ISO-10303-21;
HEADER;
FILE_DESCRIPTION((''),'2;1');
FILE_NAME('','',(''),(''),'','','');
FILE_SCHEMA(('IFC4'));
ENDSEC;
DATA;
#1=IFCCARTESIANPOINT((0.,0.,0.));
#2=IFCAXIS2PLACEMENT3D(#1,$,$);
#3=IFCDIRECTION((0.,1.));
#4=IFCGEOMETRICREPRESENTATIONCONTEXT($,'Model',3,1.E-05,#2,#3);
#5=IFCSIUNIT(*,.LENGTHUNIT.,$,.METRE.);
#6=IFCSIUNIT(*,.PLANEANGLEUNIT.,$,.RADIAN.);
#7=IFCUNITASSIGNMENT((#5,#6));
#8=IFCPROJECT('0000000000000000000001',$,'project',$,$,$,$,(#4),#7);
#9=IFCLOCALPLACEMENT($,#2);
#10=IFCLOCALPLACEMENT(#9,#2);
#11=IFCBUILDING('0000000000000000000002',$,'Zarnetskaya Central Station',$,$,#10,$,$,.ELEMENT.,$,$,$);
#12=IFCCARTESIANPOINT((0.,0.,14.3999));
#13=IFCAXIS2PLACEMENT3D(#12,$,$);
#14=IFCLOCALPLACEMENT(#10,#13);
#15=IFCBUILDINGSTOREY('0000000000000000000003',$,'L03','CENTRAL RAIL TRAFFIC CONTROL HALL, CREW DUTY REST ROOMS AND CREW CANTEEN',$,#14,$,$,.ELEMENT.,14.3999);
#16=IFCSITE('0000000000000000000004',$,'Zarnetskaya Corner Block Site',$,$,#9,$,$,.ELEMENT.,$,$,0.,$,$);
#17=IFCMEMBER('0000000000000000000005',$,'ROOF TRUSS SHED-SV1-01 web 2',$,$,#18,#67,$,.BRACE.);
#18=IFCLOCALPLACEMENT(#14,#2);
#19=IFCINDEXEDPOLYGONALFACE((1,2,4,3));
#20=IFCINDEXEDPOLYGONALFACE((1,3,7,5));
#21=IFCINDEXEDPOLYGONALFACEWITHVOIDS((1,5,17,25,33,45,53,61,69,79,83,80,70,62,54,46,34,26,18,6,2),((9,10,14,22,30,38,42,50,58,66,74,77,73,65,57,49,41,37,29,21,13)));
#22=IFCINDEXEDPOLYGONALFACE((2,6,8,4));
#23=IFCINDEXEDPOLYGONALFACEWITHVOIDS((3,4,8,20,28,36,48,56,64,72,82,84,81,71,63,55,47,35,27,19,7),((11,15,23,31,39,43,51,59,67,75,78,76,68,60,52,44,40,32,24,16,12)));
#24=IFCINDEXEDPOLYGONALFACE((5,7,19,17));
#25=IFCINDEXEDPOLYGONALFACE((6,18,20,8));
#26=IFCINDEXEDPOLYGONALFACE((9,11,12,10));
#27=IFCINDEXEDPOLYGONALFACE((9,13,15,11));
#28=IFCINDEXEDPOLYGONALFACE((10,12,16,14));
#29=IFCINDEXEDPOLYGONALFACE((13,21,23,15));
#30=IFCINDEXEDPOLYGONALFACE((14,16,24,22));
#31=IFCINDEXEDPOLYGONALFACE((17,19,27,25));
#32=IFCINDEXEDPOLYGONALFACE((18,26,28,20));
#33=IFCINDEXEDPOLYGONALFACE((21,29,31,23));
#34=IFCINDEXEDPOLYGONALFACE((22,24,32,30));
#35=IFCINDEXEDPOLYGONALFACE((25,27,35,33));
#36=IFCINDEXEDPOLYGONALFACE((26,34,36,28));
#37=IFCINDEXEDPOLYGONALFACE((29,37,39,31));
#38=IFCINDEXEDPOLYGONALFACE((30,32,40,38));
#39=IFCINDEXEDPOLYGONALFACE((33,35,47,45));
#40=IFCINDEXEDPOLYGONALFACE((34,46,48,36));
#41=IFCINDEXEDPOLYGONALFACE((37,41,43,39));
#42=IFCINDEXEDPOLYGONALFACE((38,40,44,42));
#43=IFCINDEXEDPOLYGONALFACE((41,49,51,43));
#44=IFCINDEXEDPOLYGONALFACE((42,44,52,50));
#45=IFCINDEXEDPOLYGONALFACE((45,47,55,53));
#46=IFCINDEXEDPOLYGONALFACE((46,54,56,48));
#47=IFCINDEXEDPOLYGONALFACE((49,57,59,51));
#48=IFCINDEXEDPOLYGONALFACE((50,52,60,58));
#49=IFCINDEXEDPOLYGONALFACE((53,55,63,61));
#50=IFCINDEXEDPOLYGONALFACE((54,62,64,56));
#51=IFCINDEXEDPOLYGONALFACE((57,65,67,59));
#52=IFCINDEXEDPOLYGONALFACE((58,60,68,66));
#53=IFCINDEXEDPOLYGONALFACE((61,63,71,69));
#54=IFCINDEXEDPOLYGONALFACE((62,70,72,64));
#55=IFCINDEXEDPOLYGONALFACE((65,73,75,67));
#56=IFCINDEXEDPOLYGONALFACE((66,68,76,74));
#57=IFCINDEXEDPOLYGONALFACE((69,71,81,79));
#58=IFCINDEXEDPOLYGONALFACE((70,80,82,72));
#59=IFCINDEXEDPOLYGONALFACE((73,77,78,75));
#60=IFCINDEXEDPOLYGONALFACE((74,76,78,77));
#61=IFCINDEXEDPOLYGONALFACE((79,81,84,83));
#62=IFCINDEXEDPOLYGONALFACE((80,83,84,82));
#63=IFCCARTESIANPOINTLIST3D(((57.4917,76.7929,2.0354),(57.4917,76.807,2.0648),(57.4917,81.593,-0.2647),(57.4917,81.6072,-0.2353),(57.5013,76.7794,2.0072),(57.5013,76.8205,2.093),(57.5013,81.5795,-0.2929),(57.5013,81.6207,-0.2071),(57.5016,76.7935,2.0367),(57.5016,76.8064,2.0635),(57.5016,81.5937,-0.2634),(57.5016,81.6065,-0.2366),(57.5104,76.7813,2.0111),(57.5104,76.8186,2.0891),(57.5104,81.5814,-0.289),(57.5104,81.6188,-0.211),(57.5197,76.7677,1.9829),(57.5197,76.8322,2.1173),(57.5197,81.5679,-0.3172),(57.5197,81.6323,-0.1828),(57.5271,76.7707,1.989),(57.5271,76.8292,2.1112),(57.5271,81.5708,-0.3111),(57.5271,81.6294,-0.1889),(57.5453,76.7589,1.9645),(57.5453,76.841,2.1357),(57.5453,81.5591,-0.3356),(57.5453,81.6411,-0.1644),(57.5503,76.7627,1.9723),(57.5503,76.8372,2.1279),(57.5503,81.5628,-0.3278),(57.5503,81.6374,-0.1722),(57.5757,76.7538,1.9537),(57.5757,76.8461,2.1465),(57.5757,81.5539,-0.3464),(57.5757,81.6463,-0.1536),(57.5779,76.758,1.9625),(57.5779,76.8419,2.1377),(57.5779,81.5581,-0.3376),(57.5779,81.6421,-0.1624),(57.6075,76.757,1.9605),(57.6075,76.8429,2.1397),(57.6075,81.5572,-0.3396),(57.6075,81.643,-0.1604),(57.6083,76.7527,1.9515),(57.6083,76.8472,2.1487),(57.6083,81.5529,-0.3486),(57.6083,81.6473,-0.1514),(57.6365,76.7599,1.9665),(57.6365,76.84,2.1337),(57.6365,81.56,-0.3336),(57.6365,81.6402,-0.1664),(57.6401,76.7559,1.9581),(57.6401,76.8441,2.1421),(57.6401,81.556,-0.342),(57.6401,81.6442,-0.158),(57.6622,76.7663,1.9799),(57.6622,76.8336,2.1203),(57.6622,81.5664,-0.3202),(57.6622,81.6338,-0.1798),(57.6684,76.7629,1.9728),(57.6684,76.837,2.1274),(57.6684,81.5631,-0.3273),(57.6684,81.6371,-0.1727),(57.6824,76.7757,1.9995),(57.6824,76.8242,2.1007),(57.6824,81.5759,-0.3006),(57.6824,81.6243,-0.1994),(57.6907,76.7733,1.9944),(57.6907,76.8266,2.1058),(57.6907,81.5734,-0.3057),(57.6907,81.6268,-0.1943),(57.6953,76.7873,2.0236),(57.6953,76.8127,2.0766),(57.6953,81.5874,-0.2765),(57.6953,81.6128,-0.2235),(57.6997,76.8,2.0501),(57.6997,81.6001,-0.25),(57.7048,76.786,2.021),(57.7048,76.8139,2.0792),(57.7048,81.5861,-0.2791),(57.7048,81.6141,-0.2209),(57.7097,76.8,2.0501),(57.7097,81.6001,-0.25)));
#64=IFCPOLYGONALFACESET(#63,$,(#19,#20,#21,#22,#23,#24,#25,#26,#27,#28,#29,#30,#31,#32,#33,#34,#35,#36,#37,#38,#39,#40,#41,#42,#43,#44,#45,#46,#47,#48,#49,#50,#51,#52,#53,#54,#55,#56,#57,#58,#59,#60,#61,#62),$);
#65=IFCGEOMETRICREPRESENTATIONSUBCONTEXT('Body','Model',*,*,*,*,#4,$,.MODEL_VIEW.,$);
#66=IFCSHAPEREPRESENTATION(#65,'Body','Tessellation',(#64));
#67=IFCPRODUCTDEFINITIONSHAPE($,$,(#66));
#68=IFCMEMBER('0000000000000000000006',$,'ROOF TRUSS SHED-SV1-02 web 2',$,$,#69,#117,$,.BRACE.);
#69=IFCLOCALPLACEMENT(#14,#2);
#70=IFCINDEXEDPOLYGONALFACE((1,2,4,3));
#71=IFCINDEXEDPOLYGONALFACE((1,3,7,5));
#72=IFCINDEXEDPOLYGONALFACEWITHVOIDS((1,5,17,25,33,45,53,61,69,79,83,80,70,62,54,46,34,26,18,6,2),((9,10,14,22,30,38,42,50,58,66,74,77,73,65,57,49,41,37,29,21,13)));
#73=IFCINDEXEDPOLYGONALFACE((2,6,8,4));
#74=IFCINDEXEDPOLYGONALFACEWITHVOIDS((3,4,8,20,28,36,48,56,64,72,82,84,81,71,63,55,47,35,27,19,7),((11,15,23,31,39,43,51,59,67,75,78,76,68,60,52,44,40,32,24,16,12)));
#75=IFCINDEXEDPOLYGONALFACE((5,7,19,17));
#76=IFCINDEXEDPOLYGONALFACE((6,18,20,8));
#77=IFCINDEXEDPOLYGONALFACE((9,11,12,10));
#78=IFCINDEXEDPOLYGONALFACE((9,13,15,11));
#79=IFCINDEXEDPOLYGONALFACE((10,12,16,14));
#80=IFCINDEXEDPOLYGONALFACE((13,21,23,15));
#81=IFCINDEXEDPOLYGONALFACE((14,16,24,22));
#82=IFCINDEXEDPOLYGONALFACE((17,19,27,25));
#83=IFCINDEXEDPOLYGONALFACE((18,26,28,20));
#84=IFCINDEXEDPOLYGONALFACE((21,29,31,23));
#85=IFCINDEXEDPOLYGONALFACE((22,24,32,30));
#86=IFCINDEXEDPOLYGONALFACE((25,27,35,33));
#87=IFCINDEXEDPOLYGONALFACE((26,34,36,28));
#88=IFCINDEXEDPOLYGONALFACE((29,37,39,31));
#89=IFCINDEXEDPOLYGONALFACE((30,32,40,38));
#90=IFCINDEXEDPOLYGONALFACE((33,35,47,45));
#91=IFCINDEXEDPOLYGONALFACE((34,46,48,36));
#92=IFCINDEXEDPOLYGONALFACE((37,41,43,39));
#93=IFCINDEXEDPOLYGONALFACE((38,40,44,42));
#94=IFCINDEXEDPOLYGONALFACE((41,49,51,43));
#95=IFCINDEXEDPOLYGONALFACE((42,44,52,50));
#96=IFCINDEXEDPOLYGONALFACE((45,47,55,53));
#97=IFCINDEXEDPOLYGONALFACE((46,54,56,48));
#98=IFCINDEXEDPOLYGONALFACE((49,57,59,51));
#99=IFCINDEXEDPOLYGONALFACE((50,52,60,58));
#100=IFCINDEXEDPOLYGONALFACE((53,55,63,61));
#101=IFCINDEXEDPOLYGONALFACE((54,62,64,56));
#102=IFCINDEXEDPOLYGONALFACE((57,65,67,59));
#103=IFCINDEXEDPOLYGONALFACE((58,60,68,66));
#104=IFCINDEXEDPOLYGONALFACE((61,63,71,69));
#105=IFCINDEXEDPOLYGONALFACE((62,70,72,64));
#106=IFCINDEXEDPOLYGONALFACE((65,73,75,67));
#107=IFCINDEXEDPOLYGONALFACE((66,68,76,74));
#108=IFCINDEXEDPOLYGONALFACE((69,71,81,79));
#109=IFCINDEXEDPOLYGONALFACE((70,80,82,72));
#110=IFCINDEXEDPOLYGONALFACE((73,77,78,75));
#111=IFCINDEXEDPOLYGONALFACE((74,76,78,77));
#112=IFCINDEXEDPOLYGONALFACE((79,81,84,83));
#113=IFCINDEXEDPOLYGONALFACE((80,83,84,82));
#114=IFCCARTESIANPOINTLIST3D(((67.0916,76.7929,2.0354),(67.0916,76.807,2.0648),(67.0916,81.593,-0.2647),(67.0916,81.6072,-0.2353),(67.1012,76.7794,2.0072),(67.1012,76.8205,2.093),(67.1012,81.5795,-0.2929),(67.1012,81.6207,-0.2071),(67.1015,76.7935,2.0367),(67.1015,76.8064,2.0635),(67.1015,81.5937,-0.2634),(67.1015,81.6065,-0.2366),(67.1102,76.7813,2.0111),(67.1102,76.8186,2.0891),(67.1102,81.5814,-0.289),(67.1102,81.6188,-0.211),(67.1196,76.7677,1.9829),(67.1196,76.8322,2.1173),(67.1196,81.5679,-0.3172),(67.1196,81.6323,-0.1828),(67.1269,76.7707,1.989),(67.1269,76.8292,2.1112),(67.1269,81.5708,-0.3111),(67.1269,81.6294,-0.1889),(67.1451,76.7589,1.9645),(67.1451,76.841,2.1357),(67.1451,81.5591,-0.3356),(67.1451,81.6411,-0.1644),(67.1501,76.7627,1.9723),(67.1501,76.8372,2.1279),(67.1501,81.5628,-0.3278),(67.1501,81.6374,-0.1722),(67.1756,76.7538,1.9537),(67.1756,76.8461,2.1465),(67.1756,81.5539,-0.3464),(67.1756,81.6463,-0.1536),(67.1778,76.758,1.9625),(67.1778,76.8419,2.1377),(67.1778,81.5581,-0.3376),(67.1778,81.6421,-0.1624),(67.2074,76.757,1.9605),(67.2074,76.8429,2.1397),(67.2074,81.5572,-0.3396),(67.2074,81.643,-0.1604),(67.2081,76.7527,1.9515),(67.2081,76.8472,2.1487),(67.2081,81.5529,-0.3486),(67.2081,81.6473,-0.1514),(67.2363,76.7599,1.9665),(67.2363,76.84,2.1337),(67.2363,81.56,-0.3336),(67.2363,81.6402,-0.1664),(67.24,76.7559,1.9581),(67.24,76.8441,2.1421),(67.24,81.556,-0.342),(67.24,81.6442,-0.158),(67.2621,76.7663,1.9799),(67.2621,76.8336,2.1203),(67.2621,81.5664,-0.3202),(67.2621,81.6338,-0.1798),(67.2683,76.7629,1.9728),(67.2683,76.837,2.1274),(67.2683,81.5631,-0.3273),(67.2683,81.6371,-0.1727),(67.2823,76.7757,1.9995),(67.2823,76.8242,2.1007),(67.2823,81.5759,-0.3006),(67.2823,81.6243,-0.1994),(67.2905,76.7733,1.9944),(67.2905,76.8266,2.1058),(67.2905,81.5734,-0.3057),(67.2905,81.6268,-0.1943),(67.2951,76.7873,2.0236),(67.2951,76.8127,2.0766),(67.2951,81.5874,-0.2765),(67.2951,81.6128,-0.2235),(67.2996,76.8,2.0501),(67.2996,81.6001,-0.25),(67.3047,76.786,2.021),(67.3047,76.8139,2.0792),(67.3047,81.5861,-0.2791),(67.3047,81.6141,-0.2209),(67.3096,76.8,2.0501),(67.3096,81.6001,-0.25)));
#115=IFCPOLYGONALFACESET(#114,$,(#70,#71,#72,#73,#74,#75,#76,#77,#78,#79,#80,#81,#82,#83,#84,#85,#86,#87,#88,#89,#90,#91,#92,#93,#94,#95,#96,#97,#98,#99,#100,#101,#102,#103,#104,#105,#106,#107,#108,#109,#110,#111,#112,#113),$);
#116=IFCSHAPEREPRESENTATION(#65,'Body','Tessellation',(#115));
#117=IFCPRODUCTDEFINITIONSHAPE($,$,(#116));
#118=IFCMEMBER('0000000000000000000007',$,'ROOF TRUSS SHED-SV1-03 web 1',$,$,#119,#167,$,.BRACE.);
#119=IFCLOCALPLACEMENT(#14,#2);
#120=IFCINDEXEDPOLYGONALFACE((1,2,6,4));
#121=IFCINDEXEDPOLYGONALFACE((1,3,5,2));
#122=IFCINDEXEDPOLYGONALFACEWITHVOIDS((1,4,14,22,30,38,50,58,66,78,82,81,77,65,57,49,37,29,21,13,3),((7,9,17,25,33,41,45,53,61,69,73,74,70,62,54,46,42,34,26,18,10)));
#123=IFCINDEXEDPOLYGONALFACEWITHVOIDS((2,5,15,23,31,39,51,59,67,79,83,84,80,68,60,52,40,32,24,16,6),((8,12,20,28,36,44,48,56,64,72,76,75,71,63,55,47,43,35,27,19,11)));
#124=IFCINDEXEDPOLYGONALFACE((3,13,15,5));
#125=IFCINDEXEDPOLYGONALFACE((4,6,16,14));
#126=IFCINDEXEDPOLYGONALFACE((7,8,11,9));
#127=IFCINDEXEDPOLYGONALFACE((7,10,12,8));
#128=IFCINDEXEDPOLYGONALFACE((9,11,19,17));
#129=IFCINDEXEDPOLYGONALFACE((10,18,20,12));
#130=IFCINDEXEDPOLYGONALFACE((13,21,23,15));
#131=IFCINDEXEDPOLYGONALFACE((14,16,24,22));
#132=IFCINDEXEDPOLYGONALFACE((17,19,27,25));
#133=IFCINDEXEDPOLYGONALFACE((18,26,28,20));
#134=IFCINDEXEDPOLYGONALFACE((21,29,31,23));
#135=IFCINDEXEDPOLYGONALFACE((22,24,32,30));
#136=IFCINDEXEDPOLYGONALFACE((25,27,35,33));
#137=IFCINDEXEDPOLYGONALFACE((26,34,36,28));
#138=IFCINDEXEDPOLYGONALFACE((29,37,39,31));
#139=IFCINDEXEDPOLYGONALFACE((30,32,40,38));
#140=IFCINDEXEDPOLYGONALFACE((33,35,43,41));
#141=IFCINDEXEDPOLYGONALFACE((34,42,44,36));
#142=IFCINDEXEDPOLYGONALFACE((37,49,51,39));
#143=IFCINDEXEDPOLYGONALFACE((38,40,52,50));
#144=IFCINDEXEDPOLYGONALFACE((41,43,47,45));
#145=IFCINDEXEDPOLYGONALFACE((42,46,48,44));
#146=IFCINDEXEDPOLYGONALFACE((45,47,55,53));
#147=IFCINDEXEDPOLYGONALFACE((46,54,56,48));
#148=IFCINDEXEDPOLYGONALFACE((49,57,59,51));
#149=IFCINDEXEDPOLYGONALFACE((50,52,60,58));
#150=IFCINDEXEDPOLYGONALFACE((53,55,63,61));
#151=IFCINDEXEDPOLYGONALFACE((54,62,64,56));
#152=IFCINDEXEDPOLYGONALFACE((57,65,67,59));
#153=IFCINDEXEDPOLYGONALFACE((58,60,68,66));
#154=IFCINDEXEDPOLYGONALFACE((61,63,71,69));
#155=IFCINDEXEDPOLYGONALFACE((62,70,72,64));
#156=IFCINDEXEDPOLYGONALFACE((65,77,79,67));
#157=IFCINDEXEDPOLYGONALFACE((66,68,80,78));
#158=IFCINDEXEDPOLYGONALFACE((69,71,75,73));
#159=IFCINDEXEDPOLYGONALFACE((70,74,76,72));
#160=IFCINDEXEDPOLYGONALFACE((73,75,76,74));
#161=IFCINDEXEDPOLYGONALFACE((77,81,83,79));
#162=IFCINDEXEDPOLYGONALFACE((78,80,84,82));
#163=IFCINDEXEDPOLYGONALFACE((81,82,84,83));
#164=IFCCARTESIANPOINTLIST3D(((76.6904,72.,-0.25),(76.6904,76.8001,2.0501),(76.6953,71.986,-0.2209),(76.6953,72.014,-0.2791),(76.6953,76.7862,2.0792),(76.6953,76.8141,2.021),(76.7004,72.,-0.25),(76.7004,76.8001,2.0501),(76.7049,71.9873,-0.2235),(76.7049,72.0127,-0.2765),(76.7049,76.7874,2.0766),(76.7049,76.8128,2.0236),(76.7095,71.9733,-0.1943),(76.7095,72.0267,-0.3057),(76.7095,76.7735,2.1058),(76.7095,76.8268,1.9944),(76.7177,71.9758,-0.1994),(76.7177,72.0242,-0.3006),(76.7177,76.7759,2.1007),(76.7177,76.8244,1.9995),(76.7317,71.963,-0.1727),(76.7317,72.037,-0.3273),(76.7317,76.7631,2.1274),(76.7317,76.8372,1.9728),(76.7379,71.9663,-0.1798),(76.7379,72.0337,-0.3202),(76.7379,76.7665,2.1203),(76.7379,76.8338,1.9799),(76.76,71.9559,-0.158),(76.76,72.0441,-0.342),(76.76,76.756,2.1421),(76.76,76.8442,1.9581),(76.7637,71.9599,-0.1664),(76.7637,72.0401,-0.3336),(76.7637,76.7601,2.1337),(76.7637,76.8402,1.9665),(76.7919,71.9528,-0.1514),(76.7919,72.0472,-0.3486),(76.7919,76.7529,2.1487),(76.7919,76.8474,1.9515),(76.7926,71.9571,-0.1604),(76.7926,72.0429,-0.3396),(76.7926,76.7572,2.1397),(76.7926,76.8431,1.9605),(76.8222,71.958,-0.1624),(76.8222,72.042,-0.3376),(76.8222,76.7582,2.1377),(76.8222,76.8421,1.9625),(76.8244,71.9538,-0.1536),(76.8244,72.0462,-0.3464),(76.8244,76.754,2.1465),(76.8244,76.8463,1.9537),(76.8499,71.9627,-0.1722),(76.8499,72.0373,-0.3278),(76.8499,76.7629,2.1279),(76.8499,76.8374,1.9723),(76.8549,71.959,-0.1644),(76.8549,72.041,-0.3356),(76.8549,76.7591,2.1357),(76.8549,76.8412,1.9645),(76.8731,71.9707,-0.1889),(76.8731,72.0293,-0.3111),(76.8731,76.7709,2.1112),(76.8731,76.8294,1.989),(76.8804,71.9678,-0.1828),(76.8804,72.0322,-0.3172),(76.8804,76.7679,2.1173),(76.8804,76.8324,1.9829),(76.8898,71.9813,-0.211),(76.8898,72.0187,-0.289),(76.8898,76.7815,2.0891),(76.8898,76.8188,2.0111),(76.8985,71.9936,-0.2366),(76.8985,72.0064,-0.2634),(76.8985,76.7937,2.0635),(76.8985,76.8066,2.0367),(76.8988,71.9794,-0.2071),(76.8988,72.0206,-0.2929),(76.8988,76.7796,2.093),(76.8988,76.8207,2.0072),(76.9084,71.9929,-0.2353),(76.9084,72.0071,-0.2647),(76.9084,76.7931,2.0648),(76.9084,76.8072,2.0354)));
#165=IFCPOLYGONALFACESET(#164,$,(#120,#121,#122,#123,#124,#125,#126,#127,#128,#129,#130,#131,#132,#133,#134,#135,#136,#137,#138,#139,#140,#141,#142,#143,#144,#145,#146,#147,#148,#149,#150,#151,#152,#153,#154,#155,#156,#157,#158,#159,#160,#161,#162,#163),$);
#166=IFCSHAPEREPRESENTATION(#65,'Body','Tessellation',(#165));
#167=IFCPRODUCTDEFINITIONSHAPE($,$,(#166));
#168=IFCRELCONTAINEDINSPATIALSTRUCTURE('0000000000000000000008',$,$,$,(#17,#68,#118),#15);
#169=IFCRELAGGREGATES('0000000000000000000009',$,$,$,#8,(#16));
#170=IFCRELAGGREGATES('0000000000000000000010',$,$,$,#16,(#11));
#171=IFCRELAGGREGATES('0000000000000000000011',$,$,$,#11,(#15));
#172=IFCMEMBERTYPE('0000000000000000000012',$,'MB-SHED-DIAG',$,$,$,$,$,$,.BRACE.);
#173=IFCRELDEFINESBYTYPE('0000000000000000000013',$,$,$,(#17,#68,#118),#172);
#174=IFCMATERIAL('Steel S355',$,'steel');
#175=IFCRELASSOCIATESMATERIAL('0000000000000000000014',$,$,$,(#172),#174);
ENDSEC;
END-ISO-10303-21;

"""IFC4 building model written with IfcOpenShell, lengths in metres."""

from ifc_helpers import new_model, si_unit, direction, frame, origin, origin_2d, place, context, subcontext, project, spatial, hollow_circle, extrude, material, material_profile, profile_set, type_object, element, save


model = new_model("IFC4")

# Units and contexts
model_context = context("Model", 3, precision=1e-05, world=origin(), true_north=direction((0.0, 1.0)))
body_context = subcontext(model_context, "Body", "Model", "MODEL_VIEW")
ifc_project = project(units=[si_unit("LENGTHUNIT", "METRE"), si_unit("PLANEANGLEUNIT", "RADIAN")], contexts=[model_context])

# Site, building, storey
site_placement = place(None, origin())
site = spatial("IfcSite", under=ifc_project, at=site_placement, Name="Zarnetskaya Corner Block Site", CompositionType="ELEMENT", RefElevation=0.0)
building_placement = place(site_placement, origin())
building = spatial("IfcBuilding", under=site, at=building_placement, Name="Zarnetskaya Central Station", CompositionType="ELEMENT")
storey_placement = place(building_placement, frame((0.0, 0.0, 14.3999)))
storey = spatial("IfcBuildingStorey", under=building, at=storey_placement, Name="L03", Description="CENTRAL RAIL TRAFFIC CONTROL HALL, CREW DUTY REST ROOMS AND CREW CANTEEN", CompositionType="ELEMENT", Elevation=14.3999)

# Shared definitions
ifc_material_1 = material(Name="Steel S355", Category="steel")

# Members
ifc_material_profile_1 = material_profile(ifc_material_1, hollow_circle(Radius=0.1096, WallThickness=0.01, at=origin_2d()), Name="CHS 219.1x10")
ifc_profile_set_1 = profile_set([ifc_material_profile_1], Name="Steel S355")
member_type_1 = type_object("IfcMemberType", Name="MB-SHED-DIAG", PredefinedType="BRACE", material=ifc_profile_set_1)
for number, where, z_axis, x_axis, name in (
    (1, (57.6001, 81.6001, -0.25), (0.0, -0.901814, 0.432124), (1.0, 0.0, 0.0), "ROOF TRUSS SHED-SV1-01 web 2"),
    (2, (67.2, 81.6001, -0.25), (0.0, -0.901814, 0.432124), (1.0, 0.0, 0.0), "ROOF TRUSS SHED-SV1-02 web 2"),
    (3, (76.8, 72.0, -0.25), (0.0, 0.901814, 0.432124), (-1.0, 0.0, 0.0), "ROOF TRUSS SHED-SV1-03 web 1"),
):
    element("IfcMember", number, at=place(storey_placement, frame(where, z_axis=z_axis, x_axis=x_axis)), inside=storey, type_object=member_type_1, Name=name, PredefinedType="BRACE", context=body_context, shape_type="SweptSolid", body=[
        extrude(hollow_circle(Radius=0.1096, WallThickness=0.01, at=origin_2d()), origin(), (0.0, 0.0, 1.0), 5.3228),
    ])

save(model, "model.ifc")
